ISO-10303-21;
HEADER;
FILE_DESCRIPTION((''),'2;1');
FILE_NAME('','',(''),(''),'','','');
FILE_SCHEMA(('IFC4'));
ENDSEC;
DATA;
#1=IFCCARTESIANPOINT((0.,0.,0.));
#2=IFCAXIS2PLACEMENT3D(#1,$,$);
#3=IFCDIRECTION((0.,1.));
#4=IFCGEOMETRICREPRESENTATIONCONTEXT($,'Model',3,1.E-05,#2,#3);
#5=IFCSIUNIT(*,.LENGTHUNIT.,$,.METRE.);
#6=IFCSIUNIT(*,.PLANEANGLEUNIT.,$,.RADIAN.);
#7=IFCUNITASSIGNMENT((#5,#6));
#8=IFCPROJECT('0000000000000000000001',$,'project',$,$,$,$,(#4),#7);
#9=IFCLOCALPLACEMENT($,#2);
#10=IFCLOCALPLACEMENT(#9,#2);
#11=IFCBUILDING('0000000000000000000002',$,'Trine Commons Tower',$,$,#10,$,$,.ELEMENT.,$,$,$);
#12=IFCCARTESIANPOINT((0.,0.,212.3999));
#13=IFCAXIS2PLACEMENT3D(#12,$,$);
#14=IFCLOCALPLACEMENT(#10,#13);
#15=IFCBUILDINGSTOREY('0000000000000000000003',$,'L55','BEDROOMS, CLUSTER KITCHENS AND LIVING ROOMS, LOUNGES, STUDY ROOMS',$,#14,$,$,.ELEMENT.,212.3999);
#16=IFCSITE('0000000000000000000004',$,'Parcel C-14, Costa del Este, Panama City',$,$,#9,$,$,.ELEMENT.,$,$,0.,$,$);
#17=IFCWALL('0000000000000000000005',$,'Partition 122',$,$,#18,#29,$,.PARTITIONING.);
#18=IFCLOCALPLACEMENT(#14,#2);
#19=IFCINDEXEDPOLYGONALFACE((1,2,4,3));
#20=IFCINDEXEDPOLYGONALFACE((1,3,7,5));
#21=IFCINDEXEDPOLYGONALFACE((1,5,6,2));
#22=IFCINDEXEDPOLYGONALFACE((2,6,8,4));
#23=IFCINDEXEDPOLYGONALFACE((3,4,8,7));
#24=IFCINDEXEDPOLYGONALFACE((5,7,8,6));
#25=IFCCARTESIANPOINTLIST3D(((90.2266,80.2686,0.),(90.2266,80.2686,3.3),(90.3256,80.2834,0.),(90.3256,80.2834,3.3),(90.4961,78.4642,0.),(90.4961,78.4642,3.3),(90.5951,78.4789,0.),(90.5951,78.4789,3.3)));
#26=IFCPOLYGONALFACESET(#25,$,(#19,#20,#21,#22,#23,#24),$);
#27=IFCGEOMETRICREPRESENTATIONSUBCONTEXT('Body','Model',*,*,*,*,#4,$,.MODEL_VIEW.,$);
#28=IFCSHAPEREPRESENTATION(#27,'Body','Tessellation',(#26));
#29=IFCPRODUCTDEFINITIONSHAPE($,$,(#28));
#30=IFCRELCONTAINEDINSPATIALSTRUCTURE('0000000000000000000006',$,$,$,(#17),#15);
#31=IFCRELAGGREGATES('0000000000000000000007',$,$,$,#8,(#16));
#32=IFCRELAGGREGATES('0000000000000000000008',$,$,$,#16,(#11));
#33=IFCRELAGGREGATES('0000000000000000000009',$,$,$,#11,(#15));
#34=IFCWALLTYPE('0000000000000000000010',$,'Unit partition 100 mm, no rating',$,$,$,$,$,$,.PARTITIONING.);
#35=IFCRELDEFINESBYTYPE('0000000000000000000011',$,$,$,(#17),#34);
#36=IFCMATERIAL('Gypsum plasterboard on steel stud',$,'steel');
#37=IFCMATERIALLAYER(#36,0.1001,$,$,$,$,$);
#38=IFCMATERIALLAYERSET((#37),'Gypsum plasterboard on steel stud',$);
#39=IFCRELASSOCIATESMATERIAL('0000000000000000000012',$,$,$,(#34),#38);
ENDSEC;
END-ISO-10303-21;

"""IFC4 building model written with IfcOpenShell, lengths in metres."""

from ifc_helpers import new_model, si_unit, direction, frame, frame_2d, origin, place, context, subcontext, project, spatial, rectangle, extrude, material, layer, layer_set, type_object, element, save


model = new_model("IFC4")

# Units and contexts
model_context = context("Model", 3, precision=1e-05, world=origin(), true_north=direction((0.0, 1.0)))
body_context = subcontext(model_context, "Body", "Model", "MODEL_VIEW")
ifc_project = project(units=[si_unit("LENGTHUNIT", "METRE"), si_unit("PLANEANGLEUNIT", "RADIAN")], contexts=[model_context])

# Site, building, storey
site_placement = place(None, origin())
site = spatial("IfcSite", under=ifc_project, at=site_placement, Name="Parcel C-14, Costa del Este, Panama City", CompositionType="ELEMENT", RefElevation=0.0)
building_placement = place(site_placement, origin())
building = spatial("IfcBuilding", under=site, at=building_placement, Name="Trine Commons Tower", CompositionType="ELEMENT")
storey_placement = place(building_placement, frame((0.0, 0.0, 212.3999)))
storey = spatial("IfcBuildingStorey", under=building, at=storey_placement, Name="L55", Description="BEDROOMS, CLUSTER KITCHENS AND LIVING ROOMS, LOUNGES, STUDY ROOMS", CompositionType="ELEMENT", Elevation=212.3999)

# Shared definitions
ifc_material_1 = material(Name="Gypsum plasterboard on steel stud", Category="steel")

# Shared definitions
ifc_layer_1 = layer(ifc_material_1, 0.1001)
ifc_layer_set_1 = layer_set([ifc_layer_1], Name="Gypsum plasterboard on steel stud")
wall_type_1 = type_object("IfcWallType", Name="Unit partition 100 mm, no rating", PredefinedType="PARTITIONING", material=ifc_layer_set_1)

# Wall
wall_1_placement = place(storey_placement, frame((90.2761, 80.2759, 0.0), z_axis=(0.0, 0.0, 1.0), x_axis=(0.147732, -0.989027, 0.0)))
element("IfcWall", 1, at=wall_1_placement, inside=storey, type_object=wall_type_1, Name="Partition 122", PredefinedType="PARTITIONING", context=body_context, shape_type="SweptSolid", body=[
    extrude(rectangle(XDim=1.8245, YDim=0.1001, at=frame_2d((0.9121, 0.0))), origin(), (0.0, 0.0, 1.0), 3.3),
])

save(model, "model.ifc")
